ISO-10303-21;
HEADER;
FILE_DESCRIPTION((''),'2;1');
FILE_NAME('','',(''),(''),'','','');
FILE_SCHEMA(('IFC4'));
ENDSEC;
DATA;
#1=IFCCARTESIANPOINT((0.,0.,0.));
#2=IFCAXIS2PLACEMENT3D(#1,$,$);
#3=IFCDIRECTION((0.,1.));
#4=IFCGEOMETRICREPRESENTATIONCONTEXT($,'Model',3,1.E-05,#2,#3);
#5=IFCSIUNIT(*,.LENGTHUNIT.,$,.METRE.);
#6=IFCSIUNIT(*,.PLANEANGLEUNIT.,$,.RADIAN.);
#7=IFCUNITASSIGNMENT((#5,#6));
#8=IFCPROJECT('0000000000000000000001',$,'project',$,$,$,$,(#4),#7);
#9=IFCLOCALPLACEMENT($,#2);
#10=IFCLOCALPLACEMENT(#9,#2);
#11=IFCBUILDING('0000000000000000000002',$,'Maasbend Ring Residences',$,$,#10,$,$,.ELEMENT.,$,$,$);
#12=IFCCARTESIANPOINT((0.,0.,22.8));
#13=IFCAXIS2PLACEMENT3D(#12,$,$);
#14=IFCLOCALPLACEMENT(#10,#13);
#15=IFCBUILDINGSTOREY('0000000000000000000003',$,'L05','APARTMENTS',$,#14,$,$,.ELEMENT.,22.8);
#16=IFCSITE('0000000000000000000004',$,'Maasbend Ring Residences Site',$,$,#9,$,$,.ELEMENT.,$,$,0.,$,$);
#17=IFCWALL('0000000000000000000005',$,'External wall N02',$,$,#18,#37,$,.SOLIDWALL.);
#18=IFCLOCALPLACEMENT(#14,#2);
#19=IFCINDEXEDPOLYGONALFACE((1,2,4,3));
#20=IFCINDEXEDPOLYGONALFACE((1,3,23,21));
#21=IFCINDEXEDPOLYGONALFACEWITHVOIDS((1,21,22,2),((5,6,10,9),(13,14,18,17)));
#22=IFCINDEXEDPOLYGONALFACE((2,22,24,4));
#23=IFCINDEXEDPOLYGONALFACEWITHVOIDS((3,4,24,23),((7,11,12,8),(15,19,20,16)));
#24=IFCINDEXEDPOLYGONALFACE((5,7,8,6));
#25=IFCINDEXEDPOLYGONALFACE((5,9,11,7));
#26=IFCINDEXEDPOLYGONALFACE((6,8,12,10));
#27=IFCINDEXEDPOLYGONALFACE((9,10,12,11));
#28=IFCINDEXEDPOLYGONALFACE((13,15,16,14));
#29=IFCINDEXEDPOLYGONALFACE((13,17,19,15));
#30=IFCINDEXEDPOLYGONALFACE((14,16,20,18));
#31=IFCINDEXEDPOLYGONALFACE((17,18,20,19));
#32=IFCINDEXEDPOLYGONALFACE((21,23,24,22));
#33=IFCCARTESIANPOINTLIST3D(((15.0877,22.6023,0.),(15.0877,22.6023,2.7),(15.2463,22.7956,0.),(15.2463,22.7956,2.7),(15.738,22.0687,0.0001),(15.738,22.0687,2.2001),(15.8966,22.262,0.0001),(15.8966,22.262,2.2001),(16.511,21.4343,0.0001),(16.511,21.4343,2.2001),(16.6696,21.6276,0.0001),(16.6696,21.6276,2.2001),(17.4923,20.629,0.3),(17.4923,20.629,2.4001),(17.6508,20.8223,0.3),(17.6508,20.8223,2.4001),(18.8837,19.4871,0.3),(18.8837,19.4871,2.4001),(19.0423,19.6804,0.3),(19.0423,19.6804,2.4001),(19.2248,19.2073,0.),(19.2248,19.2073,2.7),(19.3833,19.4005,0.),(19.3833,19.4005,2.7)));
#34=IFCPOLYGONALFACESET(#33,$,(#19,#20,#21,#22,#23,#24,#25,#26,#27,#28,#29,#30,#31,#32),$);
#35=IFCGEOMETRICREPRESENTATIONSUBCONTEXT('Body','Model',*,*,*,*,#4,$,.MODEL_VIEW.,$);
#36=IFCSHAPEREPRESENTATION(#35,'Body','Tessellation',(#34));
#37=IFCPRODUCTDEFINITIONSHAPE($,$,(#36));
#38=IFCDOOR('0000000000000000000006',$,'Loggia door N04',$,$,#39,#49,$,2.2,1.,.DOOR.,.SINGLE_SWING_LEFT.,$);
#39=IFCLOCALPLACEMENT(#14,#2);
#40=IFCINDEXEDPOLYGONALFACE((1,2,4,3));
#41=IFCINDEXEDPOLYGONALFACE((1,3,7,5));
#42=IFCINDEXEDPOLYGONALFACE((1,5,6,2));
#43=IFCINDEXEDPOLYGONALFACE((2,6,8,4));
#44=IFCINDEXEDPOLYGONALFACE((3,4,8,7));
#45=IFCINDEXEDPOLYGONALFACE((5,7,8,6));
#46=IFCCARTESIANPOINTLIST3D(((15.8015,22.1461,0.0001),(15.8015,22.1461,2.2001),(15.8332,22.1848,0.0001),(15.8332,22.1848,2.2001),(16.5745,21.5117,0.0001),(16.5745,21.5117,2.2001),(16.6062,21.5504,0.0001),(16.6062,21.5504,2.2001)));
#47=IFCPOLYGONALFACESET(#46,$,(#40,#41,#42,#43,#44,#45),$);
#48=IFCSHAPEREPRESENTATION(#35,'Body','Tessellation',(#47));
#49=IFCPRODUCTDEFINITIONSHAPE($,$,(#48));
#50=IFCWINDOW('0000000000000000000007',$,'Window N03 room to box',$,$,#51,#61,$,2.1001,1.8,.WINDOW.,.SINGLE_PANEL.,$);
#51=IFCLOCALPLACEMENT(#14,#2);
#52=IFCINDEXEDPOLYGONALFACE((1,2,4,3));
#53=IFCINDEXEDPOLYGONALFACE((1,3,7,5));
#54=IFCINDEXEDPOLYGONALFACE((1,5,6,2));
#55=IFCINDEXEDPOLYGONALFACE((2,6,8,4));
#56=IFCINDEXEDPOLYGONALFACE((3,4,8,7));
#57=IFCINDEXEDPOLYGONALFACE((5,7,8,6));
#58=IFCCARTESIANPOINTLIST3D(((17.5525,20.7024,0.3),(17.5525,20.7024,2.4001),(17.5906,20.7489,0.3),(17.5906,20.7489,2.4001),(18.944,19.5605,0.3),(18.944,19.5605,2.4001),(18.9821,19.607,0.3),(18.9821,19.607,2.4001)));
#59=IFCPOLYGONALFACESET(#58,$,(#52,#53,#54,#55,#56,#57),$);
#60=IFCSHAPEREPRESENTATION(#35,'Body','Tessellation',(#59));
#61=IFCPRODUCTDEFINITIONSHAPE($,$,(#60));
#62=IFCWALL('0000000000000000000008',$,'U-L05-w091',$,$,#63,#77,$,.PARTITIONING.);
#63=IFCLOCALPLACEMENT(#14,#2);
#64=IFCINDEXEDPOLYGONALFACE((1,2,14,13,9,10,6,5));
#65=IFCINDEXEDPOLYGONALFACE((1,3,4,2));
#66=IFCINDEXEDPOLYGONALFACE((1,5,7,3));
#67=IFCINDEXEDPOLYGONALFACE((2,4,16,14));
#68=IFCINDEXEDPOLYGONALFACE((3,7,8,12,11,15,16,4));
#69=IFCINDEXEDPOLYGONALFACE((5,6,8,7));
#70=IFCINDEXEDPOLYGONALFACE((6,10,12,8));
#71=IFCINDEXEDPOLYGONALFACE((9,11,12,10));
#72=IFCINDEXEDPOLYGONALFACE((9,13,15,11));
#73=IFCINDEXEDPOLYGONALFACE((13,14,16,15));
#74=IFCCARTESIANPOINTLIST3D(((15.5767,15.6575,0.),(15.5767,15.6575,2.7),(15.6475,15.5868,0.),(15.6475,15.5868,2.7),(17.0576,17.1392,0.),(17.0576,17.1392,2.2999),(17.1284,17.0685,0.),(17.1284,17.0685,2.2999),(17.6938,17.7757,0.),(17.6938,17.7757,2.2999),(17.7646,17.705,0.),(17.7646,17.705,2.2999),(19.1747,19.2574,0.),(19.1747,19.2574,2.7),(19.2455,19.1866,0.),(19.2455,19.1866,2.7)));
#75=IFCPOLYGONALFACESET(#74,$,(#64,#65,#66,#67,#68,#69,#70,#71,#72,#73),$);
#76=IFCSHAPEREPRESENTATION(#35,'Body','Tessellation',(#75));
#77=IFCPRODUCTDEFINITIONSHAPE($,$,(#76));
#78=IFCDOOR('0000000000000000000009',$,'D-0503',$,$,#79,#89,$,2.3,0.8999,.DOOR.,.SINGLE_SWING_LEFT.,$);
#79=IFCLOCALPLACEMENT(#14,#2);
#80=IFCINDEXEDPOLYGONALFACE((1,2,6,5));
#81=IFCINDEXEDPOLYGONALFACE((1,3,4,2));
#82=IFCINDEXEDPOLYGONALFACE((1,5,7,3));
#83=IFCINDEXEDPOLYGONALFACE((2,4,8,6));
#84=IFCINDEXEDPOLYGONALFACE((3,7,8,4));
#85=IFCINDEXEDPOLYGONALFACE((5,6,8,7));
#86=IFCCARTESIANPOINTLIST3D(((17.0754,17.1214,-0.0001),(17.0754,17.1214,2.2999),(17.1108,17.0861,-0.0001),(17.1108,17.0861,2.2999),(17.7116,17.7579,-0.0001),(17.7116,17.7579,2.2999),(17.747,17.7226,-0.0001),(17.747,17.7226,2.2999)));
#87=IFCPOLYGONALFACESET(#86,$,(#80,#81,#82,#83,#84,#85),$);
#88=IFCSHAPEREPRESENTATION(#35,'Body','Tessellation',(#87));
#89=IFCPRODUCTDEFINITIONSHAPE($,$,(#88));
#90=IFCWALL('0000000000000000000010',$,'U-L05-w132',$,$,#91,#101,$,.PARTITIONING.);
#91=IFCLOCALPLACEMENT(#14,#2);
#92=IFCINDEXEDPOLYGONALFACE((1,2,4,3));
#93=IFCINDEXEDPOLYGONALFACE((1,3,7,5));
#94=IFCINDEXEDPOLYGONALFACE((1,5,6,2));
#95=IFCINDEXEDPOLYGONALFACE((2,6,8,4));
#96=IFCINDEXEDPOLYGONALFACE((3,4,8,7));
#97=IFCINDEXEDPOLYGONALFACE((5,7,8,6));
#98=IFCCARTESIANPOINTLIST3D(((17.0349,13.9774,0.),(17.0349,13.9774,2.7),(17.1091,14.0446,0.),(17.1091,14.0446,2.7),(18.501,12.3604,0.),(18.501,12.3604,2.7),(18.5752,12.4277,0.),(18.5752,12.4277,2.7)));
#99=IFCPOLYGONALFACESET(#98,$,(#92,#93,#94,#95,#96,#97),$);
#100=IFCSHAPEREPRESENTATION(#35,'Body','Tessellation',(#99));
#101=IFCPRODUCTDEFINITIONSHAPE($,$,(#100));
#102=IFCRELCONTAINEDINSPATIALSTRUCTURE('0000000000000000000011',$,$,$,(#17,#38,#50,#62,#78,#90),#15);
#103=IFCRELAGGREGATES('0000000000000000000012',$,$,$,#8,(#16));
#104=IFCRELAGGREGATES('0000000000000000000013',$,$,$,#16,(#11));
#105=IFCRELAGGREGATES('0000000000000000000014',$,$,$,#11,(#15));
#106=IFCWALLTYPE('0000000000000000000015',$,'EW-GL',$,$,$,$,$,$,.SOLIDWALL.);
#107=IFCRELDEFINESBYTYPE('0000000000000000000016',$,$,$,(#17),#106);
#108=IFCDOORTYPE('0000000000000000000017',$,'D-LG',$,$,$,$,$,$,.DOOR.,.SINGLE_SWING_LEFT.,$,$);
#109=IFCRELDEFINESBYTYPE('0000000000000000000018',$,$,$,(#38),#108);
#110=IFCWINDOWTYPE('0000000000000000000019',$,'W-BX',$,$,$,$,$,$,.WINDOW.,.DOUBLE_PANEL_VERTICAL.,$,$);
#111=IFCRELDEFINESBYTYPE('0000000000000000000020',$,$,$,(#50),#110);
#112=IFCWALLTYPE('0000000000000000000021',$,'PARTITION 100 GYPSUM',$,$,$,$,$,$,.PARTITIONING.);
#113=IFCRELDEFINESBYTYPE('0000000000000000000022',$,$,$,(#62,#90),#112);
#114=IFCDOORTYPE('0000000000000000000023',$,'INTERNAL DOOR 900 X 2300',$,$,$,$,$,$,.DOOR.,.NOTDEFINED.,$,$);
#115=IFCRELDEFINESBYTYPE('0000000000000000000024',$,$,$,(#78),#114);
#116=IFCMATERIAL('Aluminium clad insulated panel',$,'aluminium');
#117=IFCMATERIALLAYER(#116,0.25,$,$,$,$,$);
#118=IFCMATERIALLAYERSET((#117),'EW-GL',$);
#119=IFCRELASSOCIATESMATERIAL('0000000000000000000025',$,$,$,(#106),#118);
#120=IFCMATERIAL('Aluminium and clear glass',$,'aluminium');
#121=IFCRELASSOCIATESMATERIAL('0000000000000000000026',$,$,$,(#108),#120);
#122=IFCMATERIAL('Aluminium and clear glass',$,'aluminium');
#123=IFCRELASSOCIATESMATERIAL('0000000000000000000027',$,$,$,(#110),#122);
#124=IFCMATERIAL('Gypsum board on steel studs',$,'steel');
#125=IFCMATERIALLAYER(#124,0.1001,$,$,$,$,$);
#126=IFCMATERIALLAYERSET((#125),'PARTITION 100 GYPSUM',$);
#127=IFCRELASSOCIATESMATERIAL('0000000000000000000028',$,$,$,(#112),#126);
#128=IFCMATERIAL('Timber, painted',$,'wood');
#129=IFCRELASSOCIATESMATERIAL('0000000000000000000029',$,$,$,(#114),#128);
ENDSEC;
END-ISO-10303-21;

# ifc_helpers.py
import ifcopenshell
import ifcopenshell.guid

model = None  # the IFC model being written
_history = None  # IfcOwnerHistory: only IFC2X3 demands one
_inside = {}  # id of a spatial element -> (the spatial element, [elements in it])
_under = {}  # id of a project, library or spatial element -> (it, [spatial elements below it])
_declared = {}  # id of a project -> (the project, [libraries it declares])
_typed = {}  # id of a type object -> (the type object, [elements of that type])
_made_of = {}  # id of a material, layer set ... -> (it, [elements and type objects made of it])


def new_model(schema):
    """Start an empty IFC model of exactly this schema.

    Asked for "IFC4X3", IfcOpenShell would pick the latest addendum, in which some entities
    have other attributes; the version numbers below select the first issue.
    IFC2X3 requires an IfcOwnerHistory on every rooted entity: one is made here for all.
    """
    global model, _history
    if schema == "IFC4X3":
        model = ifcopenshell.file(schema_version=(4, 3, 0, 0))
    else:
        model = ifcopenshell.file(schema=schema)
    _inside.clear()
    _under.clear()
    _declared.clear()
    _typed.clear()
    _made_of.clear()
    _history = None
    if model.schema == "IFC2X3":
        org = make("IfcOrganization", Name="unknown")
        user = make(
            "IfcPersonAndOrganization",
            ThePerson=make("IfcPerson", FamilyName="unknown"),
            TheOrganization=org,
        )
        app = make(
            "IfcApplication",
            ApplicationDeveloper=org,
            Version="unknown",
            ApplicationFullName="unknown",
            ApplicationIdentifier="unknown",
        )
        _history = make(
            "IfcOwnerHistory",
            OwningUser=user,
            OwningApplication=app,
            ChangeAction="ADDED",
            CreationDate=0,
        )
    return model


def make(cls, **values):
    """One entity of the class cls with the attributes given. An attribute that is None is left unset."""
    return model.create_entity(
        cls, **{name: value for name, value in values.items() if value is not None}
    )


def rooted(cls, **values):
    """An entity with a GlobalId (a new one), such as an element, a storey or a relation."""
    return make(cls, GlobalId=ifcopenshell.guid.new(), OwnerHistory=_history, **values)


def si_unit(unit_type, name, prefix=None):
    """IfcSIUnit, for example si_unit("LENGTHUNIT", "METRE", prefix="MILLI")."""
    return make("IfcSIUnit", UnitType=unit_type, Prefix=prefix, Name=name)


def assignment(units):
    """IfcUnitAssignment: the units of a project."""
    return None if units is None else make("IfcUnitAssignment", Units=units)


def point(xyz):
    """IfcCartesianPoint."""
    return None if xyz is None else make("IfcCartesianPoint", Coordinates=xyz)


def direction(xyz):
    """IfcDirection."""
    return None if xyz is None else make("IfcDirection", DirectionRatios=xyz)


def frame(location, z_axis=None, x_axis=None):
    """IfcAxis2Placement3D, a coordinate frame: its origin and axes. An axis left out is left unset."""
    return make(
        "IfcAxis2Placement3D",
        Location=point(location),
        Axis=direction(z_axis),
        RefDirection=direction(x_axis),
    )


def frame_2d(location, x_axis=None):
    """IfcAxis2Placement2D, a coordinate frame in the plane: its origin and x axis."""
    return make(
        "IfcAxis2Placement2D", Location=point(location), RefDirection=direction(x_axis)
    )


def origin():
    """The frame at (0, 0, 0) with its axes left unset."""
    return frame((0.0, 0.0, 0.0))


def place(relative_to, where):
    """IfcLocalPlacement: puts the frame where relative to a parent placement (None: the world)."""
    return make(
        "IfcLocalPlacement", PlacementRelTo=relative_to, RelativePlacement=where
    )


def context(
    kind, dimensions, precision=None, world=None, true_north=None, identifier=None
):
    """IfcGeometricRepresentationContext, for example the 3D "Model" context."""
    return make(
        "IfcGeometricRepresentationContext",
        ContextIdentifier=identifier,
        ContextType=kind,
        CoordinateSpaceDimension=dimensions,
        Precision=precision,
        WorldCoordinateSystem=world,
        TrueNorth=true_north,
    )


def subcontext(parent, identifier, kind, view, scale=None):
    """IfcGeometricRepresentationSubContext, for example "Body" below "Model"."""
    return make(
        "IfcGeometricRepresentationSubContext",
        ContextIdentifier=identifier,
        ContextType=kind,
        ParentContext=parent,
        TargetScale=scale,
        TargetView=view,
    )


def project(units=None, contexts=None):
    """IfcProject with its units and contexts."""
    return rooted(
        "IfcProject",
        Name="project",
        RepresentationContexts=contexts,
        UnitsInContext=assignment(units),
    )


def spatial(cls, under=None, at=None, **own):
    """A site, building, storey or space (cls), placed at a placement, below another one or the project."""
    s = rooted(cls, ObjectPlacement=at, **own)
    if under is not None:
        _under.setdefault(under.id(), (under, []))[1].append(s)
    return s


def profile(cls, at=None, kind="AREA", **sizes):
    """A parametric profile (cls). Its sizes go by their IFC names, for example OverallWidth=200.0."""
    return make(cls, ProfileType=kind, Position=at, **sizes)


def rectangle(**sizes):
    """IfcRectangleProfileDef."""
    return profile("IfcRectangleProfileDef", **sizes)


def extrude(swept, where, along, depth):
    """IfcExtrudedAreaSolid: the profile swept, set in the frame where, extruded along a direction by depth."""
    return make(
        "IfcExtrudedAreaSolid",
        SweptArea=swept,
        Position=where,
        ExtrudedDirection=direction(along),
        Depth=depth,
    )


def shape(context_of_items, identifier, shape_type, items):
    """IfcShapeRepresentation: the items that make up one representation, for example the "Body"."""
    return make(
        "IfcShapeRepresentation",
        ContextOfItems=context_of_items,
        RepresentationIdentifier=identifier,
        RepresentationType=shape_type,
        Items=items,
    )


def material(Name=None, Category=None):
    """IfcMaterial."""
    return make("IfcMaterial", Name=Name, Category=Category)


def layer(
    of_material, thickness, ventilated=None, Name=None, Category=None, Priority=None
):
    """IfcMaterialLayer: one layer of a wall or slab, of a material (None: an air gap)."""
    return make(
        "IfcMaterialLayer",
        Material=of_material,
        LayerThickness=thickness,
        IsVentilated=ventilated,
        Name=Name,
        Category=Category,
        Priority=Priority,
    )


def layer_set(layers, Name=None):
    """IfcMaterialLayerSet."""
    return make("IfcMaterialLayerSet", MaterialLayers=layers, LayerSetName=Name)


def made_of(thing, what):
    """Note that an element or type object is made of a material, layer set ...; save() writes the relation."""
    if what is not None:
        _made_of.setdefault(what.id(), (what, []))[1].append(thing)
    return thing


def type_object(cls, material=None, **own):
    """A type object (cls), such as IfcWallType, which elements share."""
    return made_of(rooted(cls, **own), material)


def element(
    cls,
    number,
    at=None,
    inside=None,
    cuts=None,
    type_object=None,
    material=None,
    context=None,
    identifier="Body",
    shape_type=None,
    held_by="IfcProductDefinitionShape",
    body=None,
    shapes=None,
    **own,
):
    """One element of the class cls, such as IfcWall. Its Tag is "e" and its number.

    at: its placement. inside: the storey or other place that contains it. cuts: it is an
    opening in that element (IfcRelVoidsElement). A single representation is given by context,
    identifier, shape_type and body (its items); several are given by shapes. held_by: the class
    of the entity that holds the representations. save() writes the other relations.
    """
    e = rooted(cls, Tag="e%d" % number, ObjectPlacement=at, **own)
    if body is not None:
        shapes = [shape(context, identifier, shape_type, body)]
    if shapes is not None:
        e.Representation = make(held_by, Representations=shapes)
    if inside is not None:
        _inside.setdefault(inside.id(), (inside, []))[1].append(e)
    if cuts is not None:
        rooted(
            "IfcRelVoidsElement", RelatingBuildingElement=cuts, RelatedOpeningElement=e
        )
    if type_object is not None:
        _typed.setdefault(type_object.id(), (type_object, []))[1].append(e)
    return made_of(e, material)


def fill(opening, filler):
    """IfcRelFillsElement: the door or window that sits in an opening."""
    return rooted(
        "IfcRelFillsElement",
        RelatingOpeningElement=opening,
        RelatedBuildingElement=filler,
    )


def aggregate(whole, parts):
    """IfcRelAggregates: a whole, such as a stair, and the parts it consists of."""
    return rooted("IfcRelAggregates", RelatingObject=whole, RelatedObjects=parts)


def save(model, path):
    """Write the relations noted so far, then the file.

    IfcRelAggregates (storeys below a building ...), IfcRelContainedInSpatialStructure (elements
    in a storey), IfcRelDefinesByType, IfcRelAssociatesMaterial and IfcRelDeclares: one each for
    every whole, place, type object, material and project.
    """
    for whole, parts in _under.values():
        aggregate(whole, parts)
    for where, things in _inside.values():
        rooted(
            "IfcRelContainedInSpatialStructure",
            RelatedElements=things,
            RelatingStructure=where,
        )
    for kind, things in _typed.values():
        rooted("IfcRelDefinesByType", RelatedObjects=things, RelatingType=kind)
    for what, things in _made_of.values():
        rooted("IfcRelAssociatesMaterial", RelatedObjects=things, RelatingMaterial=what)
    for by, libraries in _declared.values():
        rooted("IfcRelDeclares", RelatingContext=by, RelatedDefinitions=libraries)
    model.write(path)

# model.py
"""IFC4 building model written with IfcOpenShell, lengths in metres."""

from ifc_helpers import new_model, si_unit, direction, frame, frame_2d, origin, place, context, subcontext, project, spatial, rectangle, extrude, material, layer, layer_set, type_object, element, fill, save


model = new_model("IFC4")

# Units and contexts
model_context = context("Model", 3, precision=1e-05, world=origin(), true_north=direction((0.0, 1.0)))
body_context = subcontext(model_context, "Body", "Model", "MODEL_VIEW")
ifc_project = project(units=[si_unit("LENGTHUNIT", "METRE"), si_unit("PLANEANGLEUNIT", "RADIAN")], contexts=[model_context])

# Site, building, storey
site_placement = place(None, origin())
site = spatial("IfcSite", under=ifc_project, at=site_placement, Name="Maasbend Ring Residences Site", CompositionType="ELEMENT", RefElevation=0.0)
building_placement = place(site_placement, origin())
building = spatial("IfcBuilding", under=site, at=building_placement, Name="Maasbend Ring Residences", CompositionType="ELEMENT")
storey_placement = place(building_placement, frame((0.0, 0.0, 22.8)))
storey = spatial("IfcBuildingStorey", under=building, at=storey_placement, Name="L05", Description="APARTMENTS", CompositionType="ELEMENT", Elevation=22.8)

# Wall, openings, door, window
ifc_material_1 = material(Name="Aluminium clad insulated panel", Category="aluminium")
ifc_layer_1 = layer(ifc_material_1, 0.25)
ifc_layer_set_1 = layer_set([ifc_layer_1], Name="EW-GL")
wall_type_1 = type_object("IfcWallType", Name="EW-GL", PredefinedType="SOLIDWALL", material=ifc_layer_set_1)
ifc_material_2 = material(Name="Aluminium and clear glass", Category="aluminium")
door_type_1 = type_object("IfcDoorType", Name="D-LG", OperationType="SINGLE_SWING_LEFT", PredefinedType="DOOR", material=ifc_material_2)
ifc_material_3 = material(Name="Aluminium and clear glass", Category="aluminium")
window_type_1 = type_object("IfcWindowType", Name="W-BX", PartitioningType="DOUBLE_PANEL_VERTICAL", PredefinedType="WINDOW", material=ifc_material_3)
wall_1_placement = place(storey_placement, frame((19.304, 19.304, 0.0), z_axis=(0.0, 0.0, 1.0), x_axis=(-0.773019, 0.634382, 0.0)))
wall_1 = element("IfcWall", 1, at=wall_1_placement, inside=storey, type_object=wall_type_1, Name="External wall N02", PredefinedType="SOLIDWALL", context=body_context, shape_type="SweptSolid", body=[
    extrude(rectangle(XDim=5.3518, YDim=0.25, at=frame_2d((2.6758, 0.0))), origin(), (0.0, 0.0, 1.0), 2.7),
])
opening_1_placement = place(wall_1_placement, frame((0.4412, 0.0, 0.3)))
opening_1 = element("IfcOpeningElement", 2, at=opening_1_placement, cuts=wall_1, PredefinedType="OPENING", context=body_context, shape_type="SweptSolid", body=[
    extrude(rectangle(XDim=1.8, YDim=2.1001, at=frame_2d((0.8999, 1.05))), frame((0.0, 0.135, 0.0), z_axis=(0.0, -1.0, 0.0), x_axis=(1.0, 0.0, 0.0)), (0.0, 0.0, 1.0), 0.27),
])
opening_2_placement = place(wall_1_placement, frame((3.5105, 0.0, 0.0)))
opening_2 = element("IfcOpeningElement", 3, at=opening_2_placement, cuts=wall_1, PredefinedType="OPENING", context=body_context, shape_type="SweptSolid", body=[
    extrude(rectangle(XDim=1.0, YDim=2.2, at=frame_2d((0.5, 1.1001))), frame((0.0, 0.135, 0.0), z_axis=(0.0, -1.0, 0.0), x_axis=(1.0, 0.0, 0.0)), (0.0, 0.0, 1.0), 0.27),
])
door_1_placement = place(opening_2_placement, origin())
door_1 = element("IfcDoor", 4, at=door_1_placement, inside=storey, type_object=door_type_1, Name="Loggia door N04", OperationType="SINGLE_SWING_LEFT", OverallHeight=2.2, OverallWidth=1.0, PredefinedType="DOOR", context=body_context, shape_type="SweptSolid", body=[
    extrude(rectangle(XDim=1.0, YDim=2.2, at=frame_2d((0.5, 1.1001))), frame((0.0, 0.0249, 0.0), z_axis=(0.0, -1.0, 0.0), x_axis=(1.0, 0.0, 0.0)), (0.0, 0.0, 1.0), 0.05),
])
fill(opening_2, door_1)
window_1_placement = place(opening_1_placement, origin())
window_1 = element("IfcWindow", 5, at=window_1_placement, inside=storey, type_object=window_type_1, Name="Window N03 room to box", OverallHeight=2.1001, OverallWidth=1.8, PartitioningType="SINGLE_PANEL", PredefinedType="WINDOW", context=body_context, shape_type="SweptSolid", body=[
    extrude(rectangle(XDim=1.8, YDim=2.1001, at=frame_2d((0.8999, 1.05))), frame((0.0, 0.03, 0.0), z_axis=(0.0, -1.0, 0.0), x_axis=(1.0, 0.0, 0.0)), (0.0, 0.0, 1.0), 0.0601),
])
fill(opening_1, window_1)

# Wall, opening, door
ifc_material_4 = material(Name="Gypsum board on steel studs", Category="steel")
ifc_layer_2 = layer(ifc_material_4, 0.1001)
ifc_layer_set_2 = layer_set([ifc_layer_2], Name="PARTITION 100 GYPSUM")
wall_type_2 = type_object("IfcWallType", Name="PARTITION 100 GYPSUM", PredefinedType="PARTITIONING", material=ifc_layer_set_2)
wall_2_placement = place(storey_placement, frame((15.6121, 15.6221, 0.0), z_axis=(0.0, 0.0, 1.0), x_axis=(0.706915, 0.707299, 0.0)))
wall_2 = element("IfcWall", 6, at=wall_2_placement, inside=storey, type_object=wall_type_2, Name="U-L05-w091", PredefinedType="PARTITIONING", context=body_context, shape_type="SweptSolid", body=[
    extrude(rectangle(XDim=5.0896, YDim=0.1001, at=frame_2d((2.5449, 0.0))), origin(), (0.0, 0.0, 1.0), 2.7),
])
opening_3_placement = place(wall_2_placement, frame((2.095, 0.0, 0.0)))
opening_3 = element("IfcOpeningElement", 7, at=opening_3_placement, cuts=wall_2, PredefinedType="OPENING", context=body_context, shape_type="SweptSolid", body=[
    extrude(rectangle(XDim=0.8999, YDim=2.3, at=frame_2d((0.45, 1.1499))), frame((0.0, 0.0601, 0.0), z_axis=(0.0, -1.0, 0.0), x_axis=(1.0, 0.0, 0.0)), (0.0, 0.0, 1.0), 0.1201),
])
ifc_material_5 = material(Name="Timber, painted", Category="wood")
door_type_2 = type_object("IfcDoorType", Name="INTERNAL DOOR 900 X 2300", OperationType="NOTDEFINED", PredefinedType="DOOR", material=ifc_material_5)
door_2_placement = place(opening_3_placement, origin())
door_2 = element("IfcDoor", 8, at=door_2_placement, inside=storey, type_object=door_type_2, Name="D-0503", OperationType="SINGLE_SWING_LEFT", OverallHeight=2.3, OverallWidth=0.8999, PredefinedType="DOOR", context=body_context, shape_type="SweptSolid", body=[
    extrude(rectangle(XDim=0.8999, YDim=2.3, at=frame_2d((0.45, 1.1499))), frame((0.0, 0.0249, 0.0), z_axis=(0.0, -1.0, 0.0), x_axis=(1.0, 0.0, 0.0)), (0.0, 0.0, 1.0), 0.05),
])
fill(opening_3, door_2)

# Wall
wall_3_placement = place(storey_placement, frame((17.072, 14.011, 0.0), z_axis=(0.0, 0.0, 1.0), x_axis=(0.671698, -0.740825, 0.0)))
element("IfcWall", 9, at=wall_3_placement, inside=storey, type_object=wall_type_2, Name="U-L05-w132", PredefinedType="PARTITIONING", context=body_context, shape_type="SweptSolid", body=[
    extrude(rectangle(XDim=2.1826, YDim=0.1001, at=frame_2d((1.0913, 0.0))), origin(), (0.0, 0.0, 1.0), 2.7),
])

save(model, "model.ifc")
